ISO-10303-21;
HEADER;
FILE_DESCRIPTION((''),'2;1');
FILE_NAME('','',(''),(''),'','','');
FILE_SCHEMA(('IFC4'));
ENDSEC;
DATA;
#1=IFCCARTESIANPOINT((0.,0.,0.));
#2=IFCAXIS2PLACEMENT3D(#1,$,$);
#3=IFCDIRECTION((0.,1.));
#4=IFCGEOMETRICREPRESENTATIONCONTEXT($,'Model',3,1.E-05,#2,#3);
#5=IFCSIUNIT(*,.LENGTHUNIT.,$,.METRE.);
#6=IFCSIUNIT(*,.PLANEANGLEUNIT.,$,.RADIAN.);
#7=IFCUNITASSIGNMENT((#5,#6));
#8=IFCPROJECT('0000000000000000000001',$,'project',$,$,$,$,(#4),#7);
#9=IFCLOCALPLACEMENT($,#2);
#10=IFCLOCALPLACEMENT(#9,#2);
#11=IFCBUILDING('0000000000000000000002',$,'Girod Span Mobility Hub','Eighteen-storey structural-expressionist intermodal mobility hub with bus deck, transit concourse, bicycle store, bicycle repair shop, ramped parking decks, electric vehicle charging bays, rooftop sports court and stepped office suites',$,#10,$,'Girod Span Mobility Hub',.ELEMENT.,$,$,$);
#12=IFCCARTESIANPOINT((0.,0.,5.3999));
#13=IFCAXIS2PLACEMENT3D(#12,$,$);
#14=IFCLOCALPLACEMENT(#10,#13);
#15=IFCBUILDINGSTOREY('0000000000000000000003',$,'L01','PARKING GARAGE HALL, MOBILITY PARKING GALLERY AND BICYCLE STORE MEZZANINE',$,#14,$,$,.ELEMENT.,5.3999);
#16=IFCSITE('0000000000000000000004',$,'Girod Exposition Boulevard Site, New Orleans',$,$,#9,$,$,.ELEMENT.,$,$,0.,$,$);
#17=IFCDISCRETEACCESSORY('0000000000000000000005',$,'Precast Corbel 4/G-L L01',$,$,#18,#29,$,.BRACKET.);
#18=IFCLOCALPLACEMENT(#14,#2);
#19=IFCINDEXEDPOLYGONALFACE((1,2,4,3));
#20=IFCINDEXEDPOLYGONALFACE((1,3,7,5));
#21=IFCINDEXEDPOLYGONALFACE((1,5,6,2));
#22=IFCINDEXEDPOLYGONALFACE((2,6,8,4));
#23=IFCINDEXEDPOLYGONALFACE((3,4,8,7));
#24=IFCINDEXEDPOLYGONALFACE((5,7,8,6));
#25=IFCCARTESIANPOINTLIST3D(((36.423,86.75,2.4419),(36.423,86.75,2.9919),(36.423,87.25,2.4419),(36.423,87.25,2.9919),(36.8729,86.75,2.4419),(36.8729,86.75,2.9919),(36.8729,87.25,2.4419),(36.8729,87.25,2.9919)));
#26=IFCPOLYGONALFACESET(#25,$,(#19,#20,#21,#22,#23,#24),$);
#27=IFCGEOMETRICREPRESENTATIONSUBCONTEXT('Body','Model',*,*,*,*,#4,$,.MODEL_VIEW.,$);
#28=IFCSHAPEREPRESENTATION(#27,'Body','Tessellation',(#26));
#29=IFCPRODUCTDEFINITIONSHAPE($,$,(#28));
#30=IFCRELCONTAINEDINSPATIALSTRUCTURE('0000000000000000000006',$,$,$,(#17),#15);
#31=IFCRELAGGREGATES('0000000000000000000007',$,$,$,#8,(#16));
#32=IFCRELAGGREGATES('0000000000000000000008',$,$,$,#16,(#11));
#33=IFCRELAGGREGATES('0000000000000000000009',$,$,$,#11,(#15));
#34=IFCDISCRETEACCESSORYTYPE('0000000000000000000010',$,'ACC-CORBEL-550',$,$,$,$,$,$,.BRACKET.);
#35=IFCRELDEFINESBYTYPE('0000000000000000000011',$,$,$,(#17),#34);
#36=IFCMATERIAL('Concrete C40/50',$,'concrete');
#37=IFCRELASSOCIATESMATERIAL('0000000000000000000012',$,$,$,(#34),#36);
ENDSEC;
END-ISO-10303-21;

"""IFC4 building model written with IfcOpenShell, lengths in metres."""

from ifc_helpers import new_model, si_unit, direction, frame, origin, origin_2d, place, context, subcontext, project, spatial, rectangle, extrude, material, type_object, element, save


model = new_model("IFC4")

# Units and contexts
model_context = context("Model", 3, precision=1e-05, world=origin(), true_north=direction((0.0, 1.0)))
body_context = subcontext(model_context, "Body", "Model", "MODEL_VIEW")
ifc_project = project(units=[si_unit("LENGTHUNIT", "METRE"), si_unit("PLANEANGLEUNIT", "RADIAN")], contexts=[model_context])

# Site, building, storey
site_placement = place(None, origin())
site = spatial("IfcSite", under=ifc_project, at=site_placement, Name="Girod Exposition Boulevard Site, New Orleans", CompositionType="ELEMENT", RefElevation=0.0)
building_placement = place(site_placement, origin())
building = spatial("IfcBuilding", under=site, at=building_placement, Name="Girod Span Mobility Hub", Description="Eighteen-storey structural-expressionist intermodal mobility hub with bus deck, transit concourse, bicycle store, bicycle repair shop, ramped parking decks, electric vehicle charging bays, rooftop sports court and stepped office suites", LongName="Girod Span Mobility Hub", CompositionType="ELEMENT")
storey_placement = place(building_placement, frame((0.0, 0.0, 5.3999)))
storey = spatial("IfcBuildingStorey", under=building, at=storey_placement, Name="L01", Description="PARKING GARAGE HALL, MOBILITY PARKING GALLERY AND BICYCLE STORE MEZZANINE", CompositionType="ELEMENT", Elevation=5.3999)

# Discrete accessory
ifc_material_1 = material(Name="Concrete C40/50", Category="concrete")
discrete_accessory_type = type_object("IfcDiscreteAccessoryType", Name="ACC-CORBEL-550", PredefinedType="BRACKET", material=ifc_material_1)
for number, where, z_axis, x_axis, name in (
    (1, (36.6479, 87.0, 2.4419), (0.0, 0.0, 1.0), (1.0, 0.0, 0.0), "Precast Corbel 4/G-L L01"),
):
    element("IfcDiscreteAccessory", number, at=place(storey_placement, frame(where, z_axis=z_axis, x_axis=x_axis)), inside=storey, type_object=discrete_accessory_type, Name=name, PredefinedType="BRACKET", context=body_context, shape_type="SweptSolid", body=[
        extrude(rectangle(XDim=0.45, YDim=0.5, at=origin_2d()), origin(), (0.0, 0.0, 1.0), 0.55),
    ])

save(model, "model.ifc")
